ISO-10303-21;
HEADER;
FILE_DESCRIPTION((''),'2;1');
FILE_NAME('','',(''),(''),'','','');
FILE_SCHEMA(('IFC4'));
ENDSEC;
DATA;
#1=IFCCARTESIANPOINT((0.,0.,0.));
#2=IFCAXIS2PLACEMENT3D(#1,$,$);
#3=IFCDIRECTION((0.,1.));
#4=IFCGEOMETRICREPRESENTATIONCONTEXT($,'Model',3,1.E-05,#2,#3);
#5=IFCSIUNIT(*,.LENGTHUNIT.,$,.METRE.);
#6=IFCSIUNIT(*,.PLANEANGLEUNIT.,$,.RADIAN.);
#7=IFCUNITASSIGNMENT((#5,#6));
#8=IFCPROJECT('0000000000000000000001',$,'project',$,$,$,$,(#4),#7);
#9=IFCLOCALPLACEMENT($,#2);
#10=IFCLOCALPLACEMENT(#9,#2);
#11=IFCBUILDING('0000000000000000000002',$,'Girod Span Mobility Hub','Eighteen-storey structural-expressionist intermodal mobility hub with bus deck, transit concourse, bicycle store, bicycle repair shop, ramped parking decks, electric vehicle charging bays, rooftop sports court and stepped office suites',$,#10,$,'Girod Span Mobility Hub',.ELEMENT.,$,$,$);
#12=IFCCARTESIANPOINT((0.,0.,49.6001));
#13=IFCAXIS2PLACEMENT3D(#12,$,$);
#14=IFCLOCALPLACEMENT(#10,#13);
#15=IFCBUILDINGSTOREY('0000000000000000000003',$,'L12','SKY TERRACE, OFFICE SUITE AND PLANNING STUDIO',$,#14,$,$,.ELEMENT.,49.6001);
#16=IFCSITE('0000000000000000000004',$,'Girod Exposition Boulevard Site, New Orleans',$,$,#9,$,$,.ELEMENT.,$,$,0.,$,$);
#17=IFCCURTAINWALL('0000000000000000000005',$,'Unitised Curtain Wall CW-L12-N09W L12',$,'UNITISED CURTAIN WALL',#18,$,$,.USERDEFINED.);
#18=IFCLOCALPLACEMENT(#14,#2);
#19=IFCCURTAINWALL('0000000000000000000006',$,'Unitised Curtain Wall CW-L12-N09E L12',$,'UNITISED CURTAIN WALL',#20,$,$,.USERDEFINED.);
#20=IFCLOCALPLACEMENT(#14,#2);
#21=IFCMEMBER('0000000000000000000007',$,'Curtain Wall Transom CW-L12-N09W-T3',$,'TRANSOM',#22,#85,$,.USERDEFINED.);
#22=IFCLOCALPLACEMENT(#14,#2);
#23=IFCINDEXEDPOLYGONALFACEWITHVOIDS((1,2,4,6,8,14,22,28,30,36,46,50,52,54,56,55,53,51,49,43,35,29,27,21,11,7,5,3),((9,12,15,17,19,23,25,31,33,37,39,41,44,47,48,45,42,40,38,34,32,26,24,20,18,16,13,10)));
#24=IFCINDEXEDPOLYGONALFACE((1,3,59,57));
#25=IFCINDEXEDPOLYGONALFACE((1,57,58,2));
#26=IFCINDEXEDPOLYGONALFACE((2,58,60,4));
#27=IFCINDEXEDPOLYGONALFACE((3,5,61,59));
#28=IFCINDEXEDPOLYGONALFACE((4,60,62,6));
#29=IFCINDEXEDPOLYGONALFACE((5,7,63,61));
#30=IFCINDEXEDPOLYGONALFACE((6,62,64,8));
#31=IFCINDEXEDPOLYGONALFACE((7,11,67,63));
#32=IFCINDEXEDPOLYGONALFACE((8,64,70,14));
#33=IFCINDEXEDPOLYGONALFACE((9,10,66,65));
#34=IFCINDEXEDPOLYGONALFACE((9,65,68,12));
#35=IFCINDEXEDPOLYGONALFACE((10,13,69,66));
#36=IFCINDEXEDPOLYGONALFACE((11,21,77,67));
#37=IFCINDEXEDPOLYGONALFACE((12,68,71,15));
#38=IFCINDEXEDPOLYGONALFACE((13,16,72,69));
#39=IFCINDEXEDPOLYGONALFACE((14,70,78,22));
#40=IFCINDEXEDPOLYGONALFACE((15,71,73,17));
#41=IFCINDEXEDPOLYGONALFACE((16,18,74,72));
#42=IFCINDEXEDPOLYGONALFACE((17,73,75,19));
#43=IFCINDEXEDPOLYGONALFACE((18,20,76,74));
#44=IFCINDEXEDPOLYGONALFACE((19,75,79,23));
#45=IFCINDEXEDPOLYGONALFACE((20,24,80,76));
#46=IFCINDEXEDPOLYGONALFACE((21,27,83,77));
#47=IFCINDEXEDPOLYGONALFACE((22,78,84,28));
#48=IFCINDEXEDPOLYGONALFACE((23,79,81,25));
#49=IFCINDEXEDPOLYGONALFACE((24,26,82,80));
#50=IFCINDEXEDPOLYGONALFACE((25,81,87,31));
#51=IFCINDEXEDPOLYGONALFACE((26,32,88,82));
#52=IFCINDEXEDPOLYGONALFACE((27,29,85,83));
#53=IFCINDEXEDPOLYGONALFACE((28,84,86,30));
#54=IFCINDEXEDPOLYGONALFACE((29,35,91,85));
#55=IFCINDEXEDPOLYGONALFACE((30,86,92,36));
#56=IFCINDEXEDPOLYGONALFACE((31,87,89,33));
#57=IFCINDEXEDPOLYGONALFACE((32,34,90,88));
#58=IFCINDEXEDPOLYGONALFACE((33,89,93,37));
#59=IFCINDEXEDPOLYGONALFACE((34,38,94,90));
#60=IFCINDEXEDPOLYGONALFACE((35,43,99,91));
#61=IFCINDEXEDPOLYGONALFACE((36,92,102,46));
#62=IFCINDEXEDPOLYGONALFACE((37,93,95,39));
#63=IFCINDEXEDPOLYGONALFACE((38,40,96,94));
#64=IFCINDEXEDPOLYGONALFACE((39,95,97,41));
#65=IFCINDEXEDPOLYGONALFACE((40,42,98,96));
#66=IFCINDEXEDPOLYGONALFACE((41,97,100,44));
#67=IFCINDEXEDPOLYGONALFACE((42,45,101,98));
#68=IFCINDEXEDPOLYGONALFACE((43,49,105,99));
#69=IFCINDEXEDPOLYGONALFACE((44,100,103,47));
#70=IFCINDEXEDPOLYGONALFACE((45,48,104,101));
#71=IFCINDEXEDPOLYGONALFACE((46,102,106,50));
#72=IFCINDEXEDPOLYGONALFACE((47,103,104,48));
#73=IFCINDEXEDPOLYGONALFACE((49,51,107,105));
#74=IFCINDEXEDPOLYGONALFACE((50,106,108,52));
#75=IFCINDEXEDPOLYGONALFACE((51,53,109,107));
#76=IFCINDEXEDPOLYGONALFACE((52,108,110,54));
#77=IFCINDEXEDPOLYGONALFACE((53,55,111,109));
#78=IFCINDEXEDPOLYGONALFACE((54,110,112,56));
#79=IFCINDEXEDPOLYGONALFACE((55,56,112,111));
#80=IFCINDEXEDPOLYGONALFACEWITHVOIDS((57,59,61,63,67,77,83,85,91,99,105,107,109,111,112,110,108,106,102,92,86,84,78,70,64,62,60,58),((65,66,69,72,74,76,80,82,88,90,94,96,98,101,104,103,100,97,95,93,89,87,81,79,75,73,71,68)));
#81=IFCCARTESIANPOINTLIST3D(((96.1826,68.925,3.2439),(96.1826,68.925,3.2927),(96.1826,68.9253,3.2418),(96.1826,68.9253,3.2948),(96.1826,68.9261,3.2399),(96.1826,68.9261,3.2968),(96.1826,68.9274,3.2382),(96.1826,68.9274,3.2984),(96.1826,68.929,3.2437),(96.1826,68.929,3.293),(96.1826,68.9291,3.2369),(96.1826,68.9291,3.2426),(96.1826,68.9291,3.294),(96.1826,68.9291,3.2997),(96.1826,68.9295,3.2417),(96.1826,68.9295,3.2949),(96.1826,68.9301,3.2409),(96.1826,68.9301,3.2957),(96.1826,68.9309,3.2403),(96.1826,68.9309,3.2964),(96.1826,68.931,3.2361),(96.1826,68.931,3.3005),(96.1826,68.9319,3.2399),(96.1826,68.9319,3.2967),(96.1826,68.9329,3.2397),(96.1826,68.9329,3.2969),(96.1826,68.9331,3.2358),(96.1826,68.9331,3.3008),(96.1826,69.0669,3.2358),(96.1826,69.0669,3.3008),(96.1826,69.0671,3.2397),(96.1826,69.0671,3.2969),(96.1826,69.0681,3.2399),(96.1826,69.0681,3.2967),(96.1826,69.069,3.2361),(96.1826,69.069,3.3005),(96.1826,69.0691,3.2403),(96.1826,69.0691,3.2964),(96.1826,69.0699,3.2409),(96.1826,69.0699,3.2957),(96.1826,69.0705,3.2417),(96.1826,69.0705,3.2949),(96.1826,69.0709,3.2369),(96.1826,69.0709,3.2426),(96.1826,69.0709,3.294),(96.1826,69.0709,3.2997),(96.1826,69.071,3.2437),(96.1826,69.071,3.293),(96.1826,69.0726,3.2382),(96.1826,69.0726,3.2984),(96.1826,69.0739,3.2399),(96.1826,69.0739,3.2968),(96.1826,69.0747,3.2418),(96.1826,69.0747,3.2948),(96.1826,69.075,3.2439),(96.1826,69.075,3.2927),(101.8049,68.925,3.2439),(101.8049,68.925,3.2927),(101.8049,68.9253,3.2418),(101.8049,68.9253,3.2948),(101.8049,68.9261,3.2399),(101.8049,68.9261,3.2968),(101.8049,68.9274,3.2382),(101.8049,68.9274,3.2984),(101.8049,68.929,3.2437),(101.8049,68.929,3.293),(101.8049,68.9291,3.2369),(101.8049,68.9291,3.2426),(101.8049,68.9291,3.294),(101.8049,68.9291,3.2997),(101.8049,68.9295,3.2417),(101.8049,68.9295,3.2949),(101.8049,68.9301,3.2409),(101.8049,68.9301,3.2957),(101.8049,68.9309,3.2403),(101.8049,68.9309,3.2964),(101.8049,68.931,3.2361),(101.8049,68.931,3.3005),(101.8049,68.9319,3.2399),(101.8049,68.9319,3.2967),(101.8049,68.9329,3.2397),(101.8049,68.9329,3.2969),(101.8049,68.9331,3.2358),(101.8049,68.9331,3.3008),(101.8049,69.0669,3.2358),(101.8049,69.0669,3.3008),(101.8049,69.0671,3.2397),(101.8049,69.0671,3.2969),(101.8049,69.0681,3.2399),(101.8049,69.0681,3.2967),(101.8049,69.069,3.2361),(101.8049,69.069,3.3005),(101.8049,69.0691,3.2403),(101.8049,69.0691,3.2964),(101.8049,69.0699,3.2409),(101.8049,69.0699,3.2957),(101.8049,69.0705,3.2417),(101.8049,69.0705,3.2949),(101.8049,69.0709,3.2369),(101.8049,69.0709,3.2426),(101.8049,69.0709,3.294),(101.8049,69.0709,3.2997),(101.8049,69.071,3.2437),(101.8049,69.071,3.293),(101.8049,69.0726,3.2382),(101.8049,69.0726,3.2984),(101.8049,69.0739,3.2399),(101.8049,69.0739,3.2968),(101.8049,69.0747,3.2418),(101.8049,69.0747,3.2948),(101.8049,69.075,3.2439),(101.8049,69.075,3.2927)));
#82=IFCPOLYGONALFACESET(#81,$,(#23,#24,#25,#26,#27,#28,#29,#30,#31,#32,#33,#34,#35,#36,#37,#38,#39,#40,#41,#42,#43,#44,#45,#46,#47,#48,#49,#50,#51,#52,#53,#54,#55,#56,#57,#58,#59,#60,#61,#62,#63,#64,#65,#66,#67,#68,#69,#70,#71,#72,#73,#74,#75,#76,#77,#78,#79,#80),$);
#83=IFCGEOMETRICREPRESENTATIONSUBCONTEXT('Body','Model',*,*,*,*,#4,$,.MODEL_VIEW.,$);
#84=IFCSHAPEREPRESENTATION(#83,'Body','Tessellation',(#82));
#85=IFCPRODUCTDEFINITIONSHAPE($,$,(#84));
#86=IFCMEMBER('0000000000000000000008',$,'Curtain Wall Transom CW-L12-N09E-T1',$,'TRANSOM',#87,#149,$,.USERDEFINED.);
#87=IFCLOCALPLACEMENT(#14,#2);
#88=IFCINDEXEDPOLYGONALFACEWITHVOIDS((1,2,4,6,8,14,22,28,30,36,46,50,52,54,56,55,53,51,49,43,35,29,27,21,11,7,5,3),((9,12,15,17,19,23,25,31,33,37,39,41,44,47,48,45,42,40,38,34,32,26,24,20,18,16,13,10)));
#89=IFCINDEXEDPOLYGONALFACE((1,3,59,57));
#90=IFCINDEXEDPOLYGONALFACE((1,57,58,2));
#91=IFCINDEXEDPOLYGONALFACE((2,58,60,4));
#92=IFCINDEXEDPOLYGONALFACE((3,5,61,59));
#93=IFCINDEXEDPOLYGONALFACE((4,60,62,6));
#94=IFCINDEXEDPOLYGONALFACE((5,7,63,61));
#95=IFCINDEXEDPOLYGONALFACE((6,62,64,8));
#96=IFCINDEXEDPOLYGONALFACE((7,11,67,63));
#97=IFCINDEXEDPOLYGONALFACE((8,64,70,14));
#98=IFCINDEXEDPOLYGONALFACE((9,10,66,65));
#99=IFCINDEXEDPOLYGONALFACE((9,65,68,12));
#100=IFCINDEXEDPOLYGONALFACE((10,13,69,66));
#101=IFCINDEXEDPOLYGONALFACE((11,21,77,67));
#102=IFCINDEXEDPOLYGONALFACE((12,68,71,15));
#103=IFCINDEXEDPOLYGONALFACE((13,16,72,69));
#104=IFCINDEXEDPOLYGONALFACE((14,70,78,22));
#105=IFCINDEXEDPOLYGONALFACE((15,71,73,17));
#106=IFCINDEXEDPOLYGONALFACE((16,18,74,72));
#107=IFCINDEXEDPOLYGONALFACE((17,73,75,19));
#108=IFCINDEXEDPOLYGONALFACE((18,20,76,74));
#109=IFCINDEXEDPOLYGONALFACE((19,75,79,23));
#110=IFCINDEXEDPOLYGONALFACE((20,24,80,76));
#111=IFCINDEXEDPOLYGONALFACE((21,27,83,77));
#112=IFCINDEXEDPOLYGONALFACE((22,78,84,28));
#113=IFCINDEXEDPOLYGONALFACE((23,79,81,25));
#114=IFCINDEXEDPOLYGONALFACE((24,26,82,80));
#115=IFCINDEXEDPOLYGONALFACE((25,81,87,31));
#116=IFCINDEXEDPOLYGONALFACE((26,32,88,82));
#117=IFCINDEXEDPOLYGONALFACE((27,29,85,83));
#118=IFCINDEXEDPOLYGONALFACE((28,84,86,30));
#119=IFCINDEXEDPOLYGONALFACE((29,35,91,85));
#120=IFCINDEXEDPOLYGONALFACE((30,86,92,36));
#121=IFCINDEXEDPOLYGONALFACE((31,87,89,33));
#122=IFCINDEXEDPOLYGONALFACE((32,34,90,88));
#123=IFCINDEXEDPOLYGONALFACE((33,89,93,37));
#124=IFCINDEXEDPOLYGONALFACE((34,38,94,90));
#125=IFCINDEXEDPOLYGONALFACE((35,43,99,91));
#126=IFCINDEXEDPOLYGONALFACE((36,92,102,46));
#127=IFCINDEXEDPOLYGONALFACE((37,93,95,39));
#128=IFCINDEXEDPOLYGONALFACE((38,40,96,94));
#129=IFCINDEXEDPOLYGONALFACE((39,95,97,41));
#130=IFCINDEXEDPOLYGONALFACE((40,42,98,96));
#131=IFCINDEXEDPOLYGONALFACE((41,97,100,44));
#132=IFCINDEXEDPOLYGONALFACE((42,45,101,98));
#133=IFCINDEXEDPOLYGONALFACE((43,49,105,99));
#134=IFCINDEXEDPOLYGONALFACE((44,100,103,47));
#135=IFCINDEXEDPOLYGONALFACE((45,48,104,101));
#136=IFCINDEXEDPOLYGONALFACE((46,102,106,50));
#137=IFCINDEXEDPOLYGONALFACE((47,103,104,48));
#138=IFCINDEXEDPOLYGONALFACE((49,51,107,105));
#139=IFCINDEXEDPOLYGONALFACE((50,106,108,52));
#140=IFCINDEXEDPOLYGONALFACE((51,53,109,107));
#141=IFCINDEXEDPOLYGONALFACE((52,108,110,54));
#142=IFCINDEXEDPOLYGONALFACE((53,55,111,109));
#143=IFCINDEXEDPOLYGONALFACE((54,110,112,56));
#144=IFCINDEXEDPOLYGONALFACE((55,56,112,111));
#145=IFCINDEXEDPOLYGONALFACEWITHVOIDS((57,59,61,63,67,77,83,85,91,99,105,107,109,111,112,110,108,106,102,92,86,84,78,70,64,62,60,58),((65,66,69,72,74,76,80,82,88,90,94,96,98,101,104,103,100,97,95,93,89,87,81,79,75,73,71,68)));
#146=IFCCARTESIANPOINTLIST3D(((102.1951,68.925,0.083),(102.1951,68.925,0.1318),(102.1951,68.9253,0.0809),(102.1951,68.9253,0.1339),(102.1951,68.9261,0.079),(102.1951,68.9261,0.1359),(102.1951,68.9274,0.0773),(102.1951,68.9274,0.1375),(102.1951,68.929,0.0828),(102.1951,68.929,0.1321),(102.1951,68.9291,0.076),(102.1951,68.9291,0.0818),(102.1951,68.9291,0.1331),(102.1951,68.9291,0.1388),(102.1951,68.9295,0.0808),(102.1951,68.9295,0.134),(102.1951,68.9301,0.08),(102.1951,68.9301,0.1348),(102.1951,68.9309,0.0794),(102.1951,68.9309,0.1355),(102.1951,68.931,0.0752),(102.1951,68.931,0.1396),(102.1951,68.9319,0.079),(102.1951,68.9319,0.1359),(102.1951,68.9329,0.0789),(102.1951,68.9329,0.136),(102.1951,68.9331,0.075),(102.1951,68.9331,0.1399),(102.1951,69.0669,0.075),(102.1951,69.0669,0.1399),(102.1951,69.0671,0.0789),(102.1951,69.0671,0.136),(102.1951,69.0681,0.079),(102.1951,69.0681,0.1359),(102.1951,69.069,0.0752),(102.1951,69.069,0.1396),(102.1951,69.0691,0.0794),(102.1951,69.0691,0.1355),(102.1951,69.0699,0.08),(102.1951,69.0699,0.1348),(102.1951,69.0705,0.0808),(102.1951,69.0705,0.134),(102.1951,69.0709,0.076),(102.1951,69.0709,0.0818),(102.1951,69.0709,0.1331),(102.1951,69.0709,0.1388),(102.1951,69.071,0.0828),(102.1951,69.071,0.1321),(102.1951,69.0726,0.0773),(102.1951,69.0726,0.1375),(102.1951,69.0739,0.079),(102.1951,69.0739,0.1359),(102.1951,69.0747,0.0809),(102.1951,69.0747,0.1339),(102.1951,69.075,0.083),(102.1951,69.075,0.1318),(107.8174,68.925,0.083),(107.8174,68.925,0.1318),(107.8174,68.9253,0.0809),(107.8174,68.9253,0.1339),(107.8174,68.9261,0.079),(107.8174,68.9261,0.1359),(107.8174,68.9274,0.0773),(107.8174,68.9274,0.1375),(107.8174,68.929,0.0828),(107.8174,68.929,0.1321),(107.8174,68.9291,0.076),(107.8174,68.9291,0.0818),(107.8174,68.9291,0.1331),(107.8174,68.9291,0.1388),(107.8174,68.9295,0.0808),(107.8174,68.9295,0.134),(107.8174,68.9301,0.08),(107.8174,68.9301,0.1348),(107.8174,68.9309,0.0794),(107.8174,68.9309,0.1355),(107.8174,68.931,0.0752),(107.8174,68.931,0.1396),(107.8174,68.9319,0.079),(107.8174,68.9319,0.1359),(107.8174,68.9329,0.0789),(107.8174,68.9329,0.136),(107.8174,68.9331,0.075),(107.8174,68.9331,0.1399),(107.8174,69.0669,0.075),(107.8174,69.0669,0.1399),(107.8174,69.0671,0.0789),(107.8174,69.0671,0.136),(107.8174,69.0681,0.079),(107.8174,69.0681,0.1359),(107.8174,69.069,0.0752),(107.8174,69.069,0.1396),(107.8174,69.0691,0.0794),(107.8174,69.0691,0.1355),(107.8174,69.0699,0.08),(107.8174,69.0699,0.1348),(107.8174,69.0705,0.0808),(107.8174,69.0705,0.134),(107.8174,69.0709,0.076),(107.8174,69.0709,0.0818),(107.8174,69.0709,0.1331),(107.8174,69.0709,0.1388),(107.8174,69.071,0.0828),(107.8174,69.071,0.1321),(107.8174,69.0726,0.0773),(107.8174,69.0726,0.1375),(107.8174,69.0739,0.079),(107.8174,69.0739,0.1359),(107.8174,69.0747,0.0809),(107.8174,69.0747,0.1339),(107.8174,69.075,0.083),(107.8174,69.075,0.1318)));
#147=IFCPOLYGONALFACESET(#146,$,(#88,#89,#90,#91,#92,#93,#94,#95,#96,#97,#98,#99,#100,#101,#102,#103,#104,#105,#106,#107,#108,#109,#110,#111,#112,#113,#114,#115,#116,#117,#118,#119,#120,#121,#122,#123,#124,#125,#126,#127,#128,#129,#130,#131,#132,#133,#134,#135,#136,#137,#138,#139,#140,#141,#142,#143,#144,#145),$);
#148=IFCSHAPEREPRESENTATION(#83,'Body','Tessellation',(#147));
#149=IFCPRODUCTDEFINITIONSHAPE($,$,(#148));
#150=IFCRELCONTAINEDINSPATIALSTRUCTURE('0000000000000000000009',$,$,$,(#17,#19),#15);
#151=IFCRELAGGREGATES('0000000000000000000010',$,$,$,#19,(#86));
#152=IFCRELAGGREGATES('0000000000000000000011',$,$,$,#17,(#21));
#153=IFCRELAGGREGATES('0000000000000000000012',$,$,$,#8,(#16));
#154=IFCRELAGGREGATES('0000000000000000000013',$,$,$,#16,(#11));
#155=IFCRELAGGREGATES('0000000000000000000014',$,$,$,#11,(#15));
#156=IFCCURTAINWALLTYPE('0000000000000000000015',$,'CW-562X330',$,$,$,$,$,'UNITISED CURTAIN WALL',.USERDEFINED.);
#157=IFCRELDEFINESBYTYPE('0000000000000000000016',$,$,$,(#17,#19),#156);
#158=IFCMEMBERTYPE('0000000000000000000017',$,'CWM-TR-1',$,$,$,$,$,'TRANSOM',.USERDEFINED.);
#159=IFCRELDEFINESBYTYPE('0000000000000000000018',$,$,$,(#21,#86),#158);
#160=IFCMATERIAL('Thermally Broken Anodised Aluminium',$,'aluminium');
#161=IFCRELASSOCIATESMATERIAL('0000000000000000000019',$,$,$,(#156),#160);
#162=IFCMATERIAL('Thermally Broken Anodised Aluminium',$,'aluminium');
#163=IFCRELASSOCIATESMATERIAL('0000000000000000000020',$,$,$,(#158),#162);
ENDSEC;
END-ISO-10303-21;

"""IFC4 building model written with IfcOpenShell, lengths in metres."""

from ifc_helpers import new_model, si_unit, direction, frame, origin, origin_2d, place, context, subcontext, project, spatial, hollow_rectangle, extrude, material, material_profile, profile_set, type_object, element, aggregate, save


model = new_model("IFC4")

# Units and contexts
model_context = context("Model", 3, precision=1e-05, world=origin(), true_north=direction((0.0, 1.0)))
body_context = subcontext(model_context, "Body", "Model", "MODEL_VIEW")
ifc_project = project(units=[si_unit("LENGTHUNIT", "METRE"), si_unit("PLANEANGLEUNIT", "RADIAN")], contexts=[model_context])

# Site, building, storey
site_placement = place(None, origin())
site = spatial("IfcSite", under=ifc_project, at=site_placement, Name="Girod Exposition Boulevard Site, New Orleans", CompositionType="ELEMENT", RefElevation=0.0)
building_placement = place(site_placement, origin())
building = spatial("IfcBuilding", under=site, at=building_placement, Name="Girod Span Mobility Hub", Description="Eighteen-storey structural-expressionist intermodal mobility hub with bus deck, transit concourse, bicycle store, bicycle repair shop, ramped parking decks, electric vehicle charging bays, rooftop sports court and stepped office suites", LongName="Girod Span Mobility Hub", CompositionType="ELEMENT")
storey_placement = place(building_placement, frame((0.0, 0.0, 49.6001)))
storey = spatial("IfcBuildingStorey", under=building, at=storey_placement, Name="L12", Description="SKY TERRACE, OFFICE SUITE AND PLANNING STUDIO", CompositionType="ELEMENT", Elevation=49.6001)

# Curtain wall
ifc_material_1 = material(Name="Thermally Broken Anodised Aluminium", Category="aluminium")
curtain_wall_type = type_object("IfcCurtainWallType", Name="CW-562X330", ElementType="UNITISED CURTAIN WALL", PredefinedType="USERDEFINED", material=ifc_material_1)
curtain_wall_1_placement = place(storey_placement, origin())
curtain_wall_1 = element("IfcCurtainWall", 1, at=curtain_wall_1_placement, inside=storey, type_object=curtain_wall_type, Name="Unitised Curtain Wall CW-L12-N09W L12", ObjectType="UNITISED CURTAIN WALL", PredefinedType="USERDEFINED")

# Curtain wall
curtain_wall_2_placement = place(storey_placement, origin())
curtain_wall_2 = element("IfcCurtainWall", 2, at=curtain_wall_2_placement, inside=storey, type_object=curtain_wall_type, Name="Unitised Curtain Wall CW-L12-N09E L12", ObjectType="UNITISED CURTAIN WALL", PredefinedType="USERDEFINED")

# Members
ifc_material_2 = material(Name="Thermally Broken Anodised Aluminium", Category="aluminium")
ifc_material_profile_1 = material_profile(ifc_material_2, hollow_rectangle(XDim=0.1499, YDim=0.0649, WallThickness=0.0039, InnerFilletRadius=0.0039, OuterFilletRadius=0.0081, at=origin_2d()), Name="CW-TR-65X150")
ifc_profile_set_1 = profile_set([ifc_material_profile_1], Name="Thermally Broken Anodised Aluminium")
member_type_1 = type_object("IfcMemberType", Name="CWM-TR-1", ElementType="TRANSOM", PredefinedType="USERDEFINED", material=ifc_profile_set_1)
member_1_placement = place(storey_placement, frame((96.1826, 69.0, 3.2683), z_axis=(1.0, 0.0, 0.0), x_axis=(0.0, 1.0, 0.0)))
member_1 = element("IfcMember", 3, at=member_1_placement, type_object=member_type_1, Name="Curtain Wall Transom CW-L12-N09W-T3", ObjectType="TRANSOM", PredefinedType="USERDEFINED", context=body_context, shape_type="SweptSolid", body=[
    extrude(hollow_rectangle(XDim=0.1499, YDim=0.0649, WallThickness=0.0039, InnerFilletRadius=0.0039, OuterFilletRadius=0.0081, at=origin_2d()), origin(), (0.0, 0.0, 1.0), 5.6223),
])
member_2_placement = place(storey_placement, frame((102.1951, 69.0, 0.1074), z_axis=(1.0, 0.0, 0.0), x_axis=(0.0, 1.0, 0.0)))
member_2 = element("IfcMember", 4, at=member_2_placement, type_object=member_type_1, Name="Curtain Wall Transom CW-L12-N09E-T1", ObjectType="TRANSOM", PredefinedType="USERDEFINED", context=body_context, shape_type="SweptSolid", body=[
    extrude(hollow_rectangle(XDim=0.1499, YDim=0.0649, WallThickness=0.0039, InnerFilletRadius=0.0039, OuterFilletRadius=0.0081, at=origin_2d()), origin(), (0.0, 0.0, 1.0), 5.6223),
])
aggregate(curtain_wall_2, [member_2])

aggregate(curtain_wall_1, [member_1])

save(model, "model.ifc")
